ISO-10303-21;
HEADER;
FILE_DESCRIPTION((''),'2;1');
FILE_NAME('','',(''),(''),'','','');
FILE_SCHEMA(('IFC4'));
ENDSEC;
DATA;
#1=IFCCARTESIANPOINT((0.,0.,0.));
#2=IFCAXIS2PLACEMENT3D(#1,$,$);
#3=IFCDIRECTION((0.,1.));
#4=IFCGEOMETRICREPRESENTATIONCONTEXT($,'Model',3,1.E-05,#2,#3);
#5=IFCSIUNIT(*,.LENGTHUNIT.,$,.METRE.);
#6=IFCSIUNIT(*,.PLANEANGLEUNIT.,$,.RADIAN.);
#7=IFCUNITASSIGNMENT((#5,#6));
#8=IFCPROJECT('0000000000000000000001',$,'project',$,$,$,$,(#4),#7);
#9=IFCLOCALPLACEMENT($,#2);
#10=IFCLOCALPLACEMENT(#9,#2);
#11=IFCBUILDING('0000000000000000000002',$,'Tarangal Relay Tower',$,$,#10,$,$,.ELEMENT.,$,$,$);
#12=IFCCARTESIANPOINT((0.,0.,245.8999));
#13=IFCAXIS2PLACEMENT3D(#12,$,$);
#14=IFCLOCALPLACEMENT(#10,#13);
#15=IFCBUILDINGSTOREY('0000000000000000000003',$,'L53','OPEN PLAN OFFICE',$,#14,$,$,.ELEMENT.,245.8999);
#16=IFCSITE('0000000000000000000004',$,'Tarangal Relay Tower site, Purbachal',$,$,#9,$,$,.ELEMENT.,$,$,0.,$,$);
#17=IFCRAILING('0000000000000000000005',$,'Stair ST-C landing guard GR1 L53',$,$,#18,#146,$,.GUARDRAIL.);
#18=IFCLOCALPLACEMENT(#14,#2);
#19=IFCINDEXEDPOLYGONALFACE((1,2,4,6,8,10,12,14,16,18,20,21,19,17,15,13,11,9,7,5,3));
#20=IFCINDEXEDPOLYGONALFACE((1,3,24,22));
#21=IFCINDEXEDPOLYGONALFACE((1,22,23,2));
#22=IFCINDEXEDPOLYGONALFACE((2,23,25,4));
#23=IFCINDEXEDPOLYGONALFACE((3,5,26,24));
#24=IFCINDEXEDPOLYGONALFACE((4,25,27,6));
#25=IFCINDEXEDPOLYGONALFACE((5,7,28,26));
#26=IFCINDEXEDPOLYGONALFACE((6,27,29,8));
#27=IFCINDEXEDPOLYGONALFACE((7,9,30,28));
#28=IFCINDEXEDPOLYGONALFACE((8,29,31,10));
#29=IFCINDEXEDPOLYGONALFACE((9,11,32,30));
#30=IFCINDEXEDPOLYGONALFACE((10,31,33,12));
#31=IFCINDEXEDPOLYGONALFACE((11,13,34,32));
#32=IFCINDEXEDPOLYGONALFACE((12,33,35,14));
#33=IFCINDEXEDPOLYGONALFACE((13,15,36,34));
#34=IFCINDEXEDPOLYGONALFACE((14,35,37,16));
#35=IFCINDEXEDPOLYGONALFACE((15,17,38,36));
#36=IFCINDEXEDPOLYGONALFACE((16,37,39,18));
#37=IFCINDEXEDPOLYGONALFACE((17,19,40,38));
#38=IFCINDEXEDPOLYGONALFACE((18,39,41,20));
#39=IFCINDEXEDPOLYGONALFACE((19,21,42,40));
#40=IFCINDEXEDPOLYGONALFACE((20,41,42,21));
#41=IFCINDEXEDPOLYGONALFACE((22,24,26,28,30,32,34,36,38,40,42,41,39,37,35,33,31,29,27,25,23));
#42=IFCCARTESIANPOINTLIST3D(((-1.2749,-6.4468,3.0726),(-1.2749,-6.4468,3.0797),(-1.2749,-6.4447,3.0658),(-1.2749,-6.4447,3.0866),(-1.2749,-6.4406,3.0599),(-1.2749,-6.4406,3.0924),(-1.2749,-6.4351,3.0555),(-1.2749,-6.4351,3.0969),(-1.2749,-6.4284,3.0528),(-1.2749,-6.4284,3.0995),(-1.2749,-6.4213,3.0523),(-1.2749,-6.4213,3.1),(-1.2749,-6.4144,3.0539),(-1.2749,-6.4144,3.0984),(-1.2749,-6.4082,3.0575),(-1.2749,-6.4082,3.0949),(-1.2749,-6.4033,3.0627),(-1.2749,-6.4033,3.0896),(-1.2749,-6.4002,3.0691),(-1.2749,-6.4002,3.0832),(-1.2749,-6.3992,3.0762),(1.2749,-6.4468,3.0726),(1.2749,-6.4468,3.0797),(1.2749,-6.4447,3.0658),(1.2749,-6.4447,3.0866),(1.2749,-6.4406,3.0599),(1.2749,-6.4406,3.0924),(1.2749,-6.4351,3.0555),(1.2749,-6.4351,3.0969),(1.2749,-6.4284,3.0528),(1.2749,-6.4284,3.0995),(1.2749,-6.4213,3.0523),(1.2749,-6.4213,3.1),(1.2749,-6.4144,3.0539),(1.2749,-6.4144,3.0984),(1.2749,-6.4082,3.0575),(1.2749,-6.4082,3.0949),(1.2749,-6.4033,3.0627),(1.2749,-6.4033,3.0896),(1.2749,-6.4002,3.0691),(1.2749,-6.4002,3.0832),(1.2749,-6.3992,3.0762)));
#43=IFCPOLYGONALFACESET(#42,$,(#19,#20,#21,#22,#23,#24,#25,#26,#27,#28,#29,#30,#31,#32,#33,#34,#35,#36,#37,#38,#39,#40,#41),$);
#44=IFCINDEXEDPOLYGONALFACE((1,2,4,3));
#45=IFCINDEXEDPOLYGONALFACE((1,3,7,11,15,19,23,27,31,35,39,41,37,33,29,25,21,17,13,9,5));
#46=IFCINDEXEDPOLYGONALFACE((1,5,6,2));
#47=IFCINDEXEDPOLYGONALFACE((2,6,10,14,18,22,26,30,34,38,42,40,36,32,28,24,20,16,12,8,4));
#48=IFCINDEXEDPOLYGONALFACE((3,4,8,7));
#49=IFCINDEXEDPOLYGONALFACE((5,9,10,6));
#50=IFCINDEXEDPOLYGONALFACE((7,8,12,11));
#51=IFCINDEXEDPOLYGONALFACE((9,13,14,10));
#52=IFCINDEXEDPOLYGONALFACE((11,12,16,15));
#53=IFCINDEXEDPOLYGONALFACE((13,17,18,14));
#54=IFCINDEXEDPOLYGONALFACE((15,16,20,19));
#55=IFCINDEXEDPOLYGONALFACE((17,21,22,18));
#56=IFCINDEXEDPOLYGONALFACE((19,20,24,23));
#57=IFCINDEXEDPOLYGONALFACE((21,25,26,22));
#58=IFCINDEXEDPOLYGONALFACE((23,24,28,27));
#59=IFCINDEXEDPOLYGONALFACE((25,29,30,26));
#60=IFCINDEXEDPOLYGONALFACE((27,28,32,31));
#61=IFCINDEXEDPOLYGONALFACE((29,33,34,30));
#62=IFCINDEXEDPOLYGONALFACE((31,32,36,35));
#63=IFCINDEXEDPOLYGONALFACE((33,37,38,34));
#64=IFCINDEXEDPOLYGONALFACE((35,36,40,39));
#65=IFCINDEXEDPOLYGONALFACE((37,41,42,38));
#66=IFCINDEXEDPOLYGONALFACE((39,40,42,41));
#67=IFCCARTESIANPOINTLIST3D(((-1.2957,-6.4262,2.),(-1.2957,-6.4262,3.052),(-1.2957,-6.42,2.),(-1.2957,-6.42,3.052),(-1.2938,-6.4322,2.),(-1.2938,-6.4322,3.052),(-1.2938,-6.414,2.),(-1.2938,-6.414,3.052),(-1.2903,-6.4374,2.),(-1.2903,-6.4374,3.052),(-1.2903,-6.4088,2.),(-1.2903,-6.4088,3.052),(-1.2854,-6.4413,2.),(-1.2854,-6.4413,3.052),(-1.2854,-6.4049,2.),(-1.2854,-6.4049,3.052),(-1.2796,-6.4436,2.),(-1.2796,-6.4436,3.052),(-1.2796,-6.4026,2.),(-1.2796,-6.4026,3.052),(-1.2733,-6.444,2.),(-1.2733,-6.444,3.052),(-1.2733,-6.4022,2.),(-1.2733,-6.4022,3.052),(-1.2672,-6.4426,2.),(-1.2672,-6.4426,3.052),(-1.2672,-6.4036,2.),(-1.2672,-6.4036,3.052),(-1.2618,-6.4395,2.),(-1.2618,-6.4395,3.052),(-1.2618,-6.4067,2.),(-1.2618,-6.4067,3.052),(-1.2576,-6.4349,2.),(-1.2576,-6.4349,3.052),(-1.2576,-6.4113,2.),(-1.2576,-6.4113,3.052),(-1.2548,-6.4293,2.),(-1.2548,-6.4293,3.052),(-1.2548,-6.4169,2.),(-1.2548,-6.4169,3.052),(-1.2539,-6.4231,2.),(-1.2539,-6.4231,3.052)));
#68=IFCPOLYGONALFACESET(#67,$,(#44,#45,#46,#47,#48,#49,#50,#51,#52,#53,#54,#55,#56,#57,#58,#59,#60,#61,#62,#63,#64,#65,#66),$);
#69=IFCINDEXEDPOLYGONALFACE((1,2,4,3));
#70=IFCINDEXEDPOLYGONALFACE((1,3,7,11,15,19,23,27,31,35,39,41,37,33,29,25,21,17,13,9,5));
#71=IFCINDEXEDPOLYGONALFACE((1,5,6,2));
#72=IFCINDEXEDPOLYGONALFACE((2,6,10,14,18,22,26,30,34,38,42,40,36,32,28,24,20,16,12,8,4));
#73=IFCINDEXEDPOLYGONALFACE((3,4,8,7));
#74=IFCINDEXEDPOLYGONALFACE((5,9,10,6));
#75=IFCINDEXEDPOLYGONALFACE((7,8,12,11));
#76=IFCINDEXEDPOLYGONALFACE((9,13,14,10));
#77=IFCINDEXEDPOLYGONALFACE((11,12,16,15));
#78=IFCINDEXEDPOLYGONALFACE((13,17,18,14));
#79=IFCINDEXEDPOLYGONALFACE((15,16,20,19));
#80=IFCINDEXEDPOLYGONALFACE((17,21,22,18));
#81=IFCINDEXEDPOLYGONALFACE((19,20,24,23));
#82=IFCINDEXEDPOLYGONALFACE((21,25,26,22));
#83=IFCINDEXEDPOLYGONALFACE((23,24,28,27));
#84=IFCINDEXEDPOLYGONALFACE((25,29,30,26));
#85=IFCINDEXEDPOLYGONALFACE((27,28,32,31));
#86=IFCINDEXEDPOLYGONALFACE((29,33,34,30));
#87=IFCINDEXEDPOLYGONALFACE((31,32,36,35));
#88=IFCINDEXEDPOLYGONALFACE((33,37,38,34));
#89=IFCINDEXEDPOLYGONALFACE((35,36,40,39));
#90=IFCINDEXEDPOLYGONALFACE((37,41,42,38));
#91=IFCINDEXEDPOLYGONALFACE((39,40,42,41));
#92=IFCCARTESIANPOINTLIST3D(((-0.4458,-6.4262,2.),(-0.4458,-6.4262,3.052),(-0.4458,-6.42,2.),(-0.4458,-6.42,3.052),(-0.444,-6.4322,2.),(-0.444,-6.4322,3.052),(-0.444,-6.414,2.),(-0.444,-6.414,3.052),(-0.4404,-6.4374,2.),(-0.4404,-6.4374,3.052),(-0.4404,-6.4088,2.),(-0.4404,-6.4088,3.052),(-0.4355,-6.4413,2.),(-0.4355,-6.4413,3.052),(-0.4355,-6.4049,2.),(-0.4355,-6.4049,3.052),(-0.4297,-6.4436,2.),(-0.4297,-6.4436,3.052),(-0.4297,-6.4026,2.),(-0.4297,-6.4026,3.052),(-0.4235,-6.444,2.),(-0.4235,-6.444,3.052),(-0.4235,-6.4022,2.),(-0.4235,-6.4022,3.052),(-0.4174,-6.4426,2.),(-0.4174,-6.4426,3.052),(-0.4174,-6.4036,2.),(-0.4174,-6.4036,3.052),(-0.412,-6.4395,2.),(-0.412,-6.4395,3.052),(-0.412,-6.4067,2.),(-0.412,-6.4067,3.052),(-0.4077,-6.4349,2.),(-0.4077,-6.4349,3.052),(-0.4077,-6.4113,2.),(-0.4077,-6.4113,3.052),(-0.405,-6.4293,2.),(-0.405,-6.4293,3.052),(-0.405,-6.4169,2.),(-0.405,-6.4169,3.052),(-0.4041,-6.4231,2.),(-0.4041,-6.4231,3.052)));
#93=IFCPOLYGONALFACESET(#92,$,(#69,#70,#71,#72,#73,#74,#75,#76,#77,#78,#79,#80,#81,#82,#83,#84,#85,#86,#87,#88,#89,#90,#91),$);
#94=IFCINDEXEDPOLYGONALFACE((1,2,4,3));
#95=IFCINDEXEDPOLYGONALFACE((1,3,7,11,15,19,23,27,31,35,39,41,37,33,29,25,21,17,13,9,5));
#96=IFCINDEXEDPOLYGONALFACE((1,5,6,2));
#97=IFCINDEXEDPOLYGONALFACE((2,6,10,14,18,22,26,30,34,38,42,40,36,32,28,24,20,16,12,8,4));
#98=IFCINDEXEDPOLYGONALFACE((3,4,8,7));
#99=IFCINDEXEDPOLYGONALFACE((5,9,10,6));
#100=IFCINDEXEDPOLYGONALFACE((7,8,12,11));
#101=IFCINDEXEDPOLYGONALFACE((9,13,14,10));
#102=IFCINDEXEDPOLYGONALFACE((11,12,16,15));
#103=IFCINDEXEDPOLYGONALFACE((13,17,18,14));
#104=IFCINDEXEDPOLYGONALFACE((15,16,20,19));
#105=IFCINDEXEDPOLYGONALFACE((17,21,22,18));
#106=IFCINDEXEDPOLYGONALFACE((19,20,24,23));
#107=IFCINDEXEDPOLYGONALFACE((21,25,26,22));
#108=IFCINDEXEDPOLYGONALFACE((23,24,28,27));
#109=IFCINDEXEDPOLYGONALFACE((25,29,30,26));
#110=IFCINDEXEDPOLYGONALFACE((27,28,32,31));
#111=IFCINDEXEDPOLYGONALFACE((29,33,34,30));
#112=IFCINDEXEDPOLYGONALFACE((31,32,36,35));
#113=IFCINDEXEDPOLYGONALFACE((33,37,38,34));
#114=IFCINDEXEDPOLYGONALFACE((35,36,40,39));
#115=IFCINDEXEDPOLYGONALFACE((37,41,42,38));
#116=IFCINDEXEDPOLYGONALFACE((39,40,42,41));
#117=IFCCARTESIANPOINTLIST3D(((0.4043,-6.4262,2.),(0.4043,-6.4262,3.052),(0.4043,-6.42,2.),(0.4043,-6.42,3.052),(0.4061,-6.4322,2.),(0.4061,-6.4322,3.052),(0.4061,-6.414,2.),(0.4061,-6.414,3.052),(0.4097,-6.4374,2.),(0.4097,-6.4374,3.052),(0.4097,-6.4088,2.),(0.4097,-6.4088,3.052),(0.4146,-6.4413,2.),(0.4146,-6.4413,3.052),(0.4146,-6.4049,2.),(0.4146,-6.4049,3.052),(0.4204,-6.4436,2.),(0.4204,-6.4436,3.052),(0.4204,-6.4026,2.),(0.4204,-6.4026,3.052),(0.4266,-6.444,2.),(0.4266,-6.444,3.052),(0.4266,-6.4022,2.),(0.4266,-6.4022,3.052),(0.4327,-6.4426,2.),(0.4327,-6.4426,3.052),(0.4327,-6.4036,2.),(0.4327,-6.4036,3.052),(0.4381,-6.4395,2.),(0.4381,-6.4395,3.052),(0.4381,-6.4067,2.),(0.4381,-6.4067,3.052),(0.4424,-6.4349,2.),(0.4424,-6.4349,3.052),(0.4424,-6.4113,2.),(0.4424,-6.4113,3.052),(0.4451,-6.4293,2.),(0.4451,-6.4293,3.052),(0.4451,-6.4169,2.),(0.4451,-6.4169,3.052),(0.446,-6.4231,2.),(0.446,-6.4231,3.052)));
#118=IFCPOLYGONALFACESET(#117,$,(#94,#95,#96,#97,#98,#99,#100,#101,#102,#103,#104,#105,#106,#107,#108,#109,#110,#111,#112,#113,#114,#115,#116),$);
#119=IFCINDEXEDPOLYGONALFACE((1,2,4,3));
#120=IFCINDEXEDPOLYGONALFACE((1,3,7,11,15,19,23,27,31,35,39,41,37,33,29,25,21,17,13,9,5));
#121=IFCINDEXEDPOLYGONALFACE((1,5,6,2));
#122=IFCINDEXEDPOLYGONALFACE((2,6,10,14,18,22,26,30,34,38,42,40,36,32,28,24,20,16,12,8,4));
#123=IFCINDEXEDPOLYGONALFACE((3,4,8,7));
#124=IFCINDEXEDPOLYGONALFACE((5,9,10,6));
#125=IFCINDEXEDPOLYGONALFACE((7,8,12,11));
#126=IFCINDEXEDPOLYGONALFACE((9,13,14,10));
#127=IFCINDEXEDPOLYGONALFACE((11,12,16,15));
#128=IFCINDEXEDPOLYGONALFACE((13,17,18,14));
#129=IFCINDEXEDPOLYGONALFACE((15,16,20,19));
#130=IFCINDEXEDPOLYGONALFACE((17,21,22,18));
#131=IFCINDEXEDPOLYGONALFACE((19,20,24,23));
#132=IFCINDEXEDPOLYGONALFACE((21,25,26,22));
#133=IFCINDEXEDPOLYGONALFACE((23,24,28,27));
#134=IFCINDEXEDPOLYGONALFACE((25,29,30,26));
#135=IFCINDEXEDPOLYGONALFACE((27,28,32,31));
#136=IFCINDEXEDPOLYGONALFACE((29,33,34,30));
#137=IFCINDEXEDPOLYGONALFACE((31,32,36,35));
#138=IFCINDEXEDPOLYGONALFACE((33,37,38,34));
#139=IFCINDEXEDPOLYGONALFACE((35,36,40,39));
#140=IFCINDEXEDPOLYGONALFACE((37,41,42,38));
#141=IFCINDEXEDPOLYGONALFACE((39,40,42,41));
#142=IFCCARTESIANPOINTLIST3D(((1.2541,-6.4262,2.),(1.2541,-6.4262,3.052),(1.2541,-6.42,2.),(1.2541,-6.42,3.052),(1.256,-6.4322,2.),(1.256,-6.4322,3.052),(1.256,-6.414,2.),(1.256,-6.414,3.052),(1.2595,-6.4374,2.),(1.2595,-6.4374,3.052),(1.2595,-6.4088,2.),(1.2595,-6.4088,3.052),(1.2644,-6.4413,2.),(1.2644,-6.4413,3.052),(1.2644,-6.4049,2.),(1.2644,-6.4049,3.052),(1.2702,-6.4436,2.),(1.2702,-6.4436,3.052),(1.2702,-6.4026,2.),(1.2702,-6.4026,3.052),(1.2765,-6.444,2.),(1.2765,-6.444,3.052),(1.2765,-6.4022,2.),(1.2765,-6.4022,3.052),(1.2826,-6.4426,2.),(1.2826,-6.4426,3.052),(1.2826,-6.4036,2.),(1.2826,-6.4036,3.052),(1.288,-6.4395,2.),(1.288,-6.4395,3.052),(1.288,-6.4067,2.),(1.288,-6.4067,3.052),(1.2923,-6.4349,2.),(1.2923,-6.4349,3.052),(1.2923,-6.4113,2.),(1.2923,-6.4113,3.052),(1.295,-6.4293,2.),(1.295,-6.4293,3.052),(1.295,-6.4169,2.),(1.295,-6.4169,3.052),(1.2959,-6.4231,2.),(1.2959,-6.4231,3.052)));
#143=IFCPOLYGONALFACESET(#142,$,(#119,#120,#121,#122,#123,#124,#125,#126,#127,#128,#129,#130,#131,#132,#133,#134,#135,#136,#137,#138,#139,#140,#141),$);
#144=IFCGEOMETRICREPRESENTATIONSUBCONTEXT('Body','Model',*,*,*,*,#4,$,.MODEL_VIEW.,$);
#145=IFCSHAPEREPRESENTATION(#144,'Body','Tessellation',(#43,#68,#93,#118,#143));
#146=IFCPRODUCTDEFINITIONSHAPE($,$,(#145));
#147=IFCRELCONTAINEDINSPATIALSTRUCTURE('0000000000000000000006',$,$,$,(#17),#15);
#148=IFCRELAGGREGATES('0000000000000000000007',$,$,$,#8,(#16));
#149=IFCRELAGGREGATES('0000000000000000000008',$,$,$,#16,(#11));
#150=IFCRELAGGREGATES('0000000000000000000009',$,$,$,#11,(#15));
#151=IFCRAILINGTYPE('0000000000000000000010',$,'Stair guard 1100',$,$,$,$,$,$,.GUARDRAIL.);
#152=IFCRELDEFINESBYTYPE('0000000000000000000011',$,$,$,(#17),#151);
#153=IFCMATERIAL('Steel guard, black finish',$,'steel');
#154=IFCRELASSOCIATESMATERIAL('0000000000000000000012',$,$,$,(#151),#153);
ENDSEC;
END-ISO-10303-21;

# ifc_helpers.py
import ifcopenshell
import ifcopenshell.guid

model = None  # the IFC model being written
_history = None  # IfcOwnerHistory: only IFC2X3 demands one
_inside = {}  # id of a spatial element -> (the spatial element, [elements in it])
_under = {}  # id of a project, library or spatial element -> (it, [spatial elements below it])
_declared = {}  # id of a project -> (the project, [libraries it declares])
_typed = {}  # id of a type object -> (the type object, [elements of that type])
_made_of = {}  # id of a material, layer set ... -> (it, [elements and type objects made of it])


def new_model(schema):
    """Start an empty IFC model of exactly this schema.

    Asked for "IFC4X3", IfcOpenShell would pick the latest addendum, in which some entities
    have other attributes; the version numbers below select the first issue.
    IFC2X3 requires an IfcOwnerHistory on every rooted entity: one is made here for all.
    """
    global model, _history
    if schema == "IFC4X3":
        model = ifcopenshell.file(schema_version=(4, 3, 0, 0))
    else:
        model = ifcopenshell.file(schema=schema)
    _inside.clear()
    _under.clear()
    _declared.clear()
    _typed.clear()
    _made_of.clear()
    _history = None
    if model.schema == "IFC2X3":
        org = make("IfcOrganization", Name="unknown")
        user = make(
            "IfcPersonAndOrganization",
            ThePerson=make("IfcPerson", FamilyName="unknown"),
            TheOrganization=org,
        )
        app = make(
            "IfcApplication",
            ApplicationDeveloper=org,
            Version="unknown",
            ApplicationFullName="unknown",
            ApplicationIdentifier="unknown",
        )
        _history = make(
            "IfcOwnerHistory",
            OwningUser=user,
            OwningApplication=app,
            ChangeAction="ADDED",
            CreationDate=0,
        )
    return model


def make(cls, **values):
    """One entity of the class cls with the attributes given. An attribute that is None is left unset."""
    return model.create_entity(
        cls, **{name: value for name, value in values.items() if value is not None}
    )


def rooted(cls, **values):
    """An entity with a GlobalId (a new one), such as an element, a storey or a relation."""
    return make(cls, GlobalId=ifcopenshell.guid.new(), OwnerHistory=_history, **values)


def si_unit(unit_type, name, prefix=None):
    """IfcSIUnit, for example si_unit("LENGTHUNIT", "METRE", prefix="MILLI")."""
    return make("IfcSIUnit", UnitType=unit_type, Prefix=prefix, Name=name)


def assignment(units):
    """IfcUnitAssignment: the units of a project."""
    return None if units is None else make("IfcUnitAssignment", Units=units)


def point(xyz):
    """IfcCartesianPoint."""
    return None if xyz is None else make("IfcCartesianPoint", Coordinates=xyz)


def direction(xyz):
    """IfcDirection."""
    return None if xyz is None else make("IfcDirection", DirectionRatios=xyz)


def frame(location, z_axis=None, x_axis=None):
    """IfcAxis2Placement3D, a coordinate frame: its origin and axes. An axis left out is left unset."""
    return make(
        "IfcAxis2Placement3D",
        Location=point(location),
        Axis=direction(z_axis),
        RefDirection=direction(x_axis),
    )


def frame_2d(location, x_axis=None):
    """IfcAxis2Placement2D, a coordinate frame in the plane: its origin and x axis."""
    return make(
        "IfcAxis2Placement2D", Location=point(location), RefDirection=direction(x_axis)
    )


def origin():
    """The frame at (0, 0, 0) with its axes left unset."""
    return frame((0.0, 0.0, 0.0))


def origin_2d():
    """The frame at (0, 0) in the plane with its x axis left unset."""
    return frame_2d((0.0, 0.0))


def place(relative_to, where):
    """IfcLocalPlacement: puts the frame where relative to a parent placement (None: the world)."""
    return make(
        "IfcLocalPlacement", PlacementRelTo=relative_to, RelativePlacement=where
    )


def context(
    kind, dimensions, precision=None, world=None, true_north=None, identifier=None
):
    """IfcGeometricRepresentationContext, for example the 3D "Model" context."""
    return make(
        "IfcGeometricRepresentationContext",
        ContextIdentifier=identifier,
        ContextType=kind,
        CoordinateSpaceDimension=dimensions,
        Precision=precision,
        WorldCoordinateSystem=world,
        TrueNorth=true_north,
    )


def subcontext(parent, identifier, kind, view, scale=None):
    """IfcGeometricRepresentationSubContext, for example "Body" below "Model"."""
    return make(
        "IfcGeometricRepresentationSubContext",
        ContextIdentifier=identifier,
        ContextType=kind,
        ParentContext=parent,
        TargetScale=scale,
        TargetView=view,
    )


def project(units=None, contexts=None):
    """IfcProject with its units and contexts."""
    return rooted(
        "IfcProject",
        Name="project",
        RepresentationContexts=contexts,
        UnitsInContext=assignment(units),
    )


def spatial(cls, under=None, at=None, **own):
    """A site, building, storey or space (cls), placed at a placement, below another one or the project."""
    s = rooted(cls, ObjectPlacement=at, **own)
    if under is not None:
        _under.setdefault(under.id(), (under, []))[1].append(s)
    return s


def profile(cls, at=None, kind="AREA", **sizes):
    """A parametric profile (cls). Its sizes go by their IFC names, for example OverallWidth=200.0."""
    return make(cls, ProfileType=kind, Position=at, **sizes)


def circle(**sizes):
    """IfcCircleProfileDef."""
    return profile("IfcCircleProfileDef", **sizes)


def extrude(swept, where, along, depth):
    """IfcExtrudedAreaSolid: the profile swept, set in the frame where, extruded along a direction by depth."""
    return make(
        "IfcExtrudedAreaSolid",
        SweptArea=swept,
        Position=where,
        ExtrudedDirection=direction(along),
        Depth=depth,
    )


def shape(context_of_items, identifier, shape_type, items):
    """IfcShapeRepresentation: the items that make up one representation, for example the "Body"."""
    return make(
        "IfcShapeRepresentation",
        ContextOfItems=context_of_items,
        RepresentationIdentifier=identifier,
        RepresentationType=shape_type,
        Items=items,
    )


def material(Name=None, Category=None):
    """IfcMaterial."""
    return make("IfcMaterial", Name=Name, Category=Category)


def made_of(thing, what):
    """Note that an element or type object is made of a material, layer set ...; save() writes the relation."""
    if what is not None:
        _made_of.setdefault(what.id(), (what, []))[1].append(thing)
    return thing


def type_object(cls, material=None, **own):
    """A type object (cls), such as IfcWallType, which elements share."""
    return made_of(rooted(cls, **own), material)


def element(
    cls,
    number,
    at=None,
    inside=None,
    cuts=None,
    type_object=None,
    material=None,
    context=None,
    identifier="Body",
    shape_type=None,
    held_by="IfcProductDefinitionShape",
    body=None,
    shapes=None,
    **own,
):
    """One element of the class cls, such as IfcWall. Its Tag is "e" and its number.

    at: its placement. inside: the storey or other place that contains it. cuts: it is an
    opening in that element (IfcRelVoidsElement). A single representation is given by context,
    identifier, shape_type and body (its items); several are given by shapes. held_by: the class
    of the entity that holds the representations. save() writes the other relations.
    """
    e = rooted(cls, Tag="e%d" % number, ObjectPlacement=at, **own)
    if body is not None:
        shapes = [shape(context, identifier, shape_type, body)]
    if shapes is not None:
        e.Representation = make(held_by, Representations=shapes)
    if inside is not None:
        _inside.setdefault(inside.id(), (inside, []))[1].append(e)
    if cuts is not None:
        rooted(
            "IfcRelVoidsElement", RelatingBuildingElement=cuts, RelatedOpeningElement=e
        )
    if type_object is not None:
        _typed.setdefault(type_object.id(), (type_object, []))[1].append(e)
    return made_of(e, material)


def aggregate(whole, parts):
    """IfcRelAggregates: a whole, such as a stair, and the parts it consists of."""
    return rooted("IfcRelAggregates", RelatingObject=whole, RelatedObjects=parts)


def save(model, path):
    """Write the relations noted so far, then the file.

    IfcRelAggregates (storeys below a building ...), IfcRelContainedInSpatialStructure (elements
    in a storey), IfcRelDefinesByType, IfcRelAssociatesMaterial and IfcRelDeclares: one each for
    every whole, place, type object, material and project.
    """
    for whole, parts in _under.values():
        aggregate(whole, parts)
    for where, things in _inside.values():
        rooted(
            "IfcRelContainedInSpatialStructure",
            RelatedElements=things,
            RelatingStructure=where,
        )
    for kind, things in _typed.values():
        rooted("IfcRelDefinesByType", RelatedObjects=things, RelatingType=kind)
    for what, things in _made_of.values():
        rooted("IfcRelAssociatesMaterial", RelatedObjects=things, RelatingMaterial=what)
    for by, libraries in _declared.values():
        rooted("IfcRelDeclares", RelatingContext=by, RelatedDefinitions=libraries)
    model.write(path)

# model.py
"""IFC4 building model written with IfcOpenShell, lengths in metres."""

from ifc_helpers import new_model, si_unit, direction, frame, origin, origin_2d, place, context, subcontext, project, spatial, circle, extrude, material, type_object, element, save


model = new_model("IFC4")

# Units and contexts
model_context = context("Model", 3, precision=1e-05, world=origin(), true_north=direction((0.0, 1.0)))
body_context = subcontext(model_context, "Body", "Model", "MODEL_VIEW")
ifc_project = project(units=[si_unit("LENGTHUNIT", "METRE"), si_unit("PLANEANGLEUNIT", "RADIAN")], contexts=[model_context])

# Site, building, storey
site_placement = place(None, origin())
site = spatial("IfcSite", under=ifc_project, at=site_placement, Name="Tarangal Relay Tower site, Purbachal", CompositionType="ELEMENT", RefElevation=0.0)
building_placement = place(site_placement, origin())
building = spatial("IfcBuilding", under=site, at=building_placement, Name="Tarangal Relay Tower", CompositionType="ELEMENT")
storey_placement = place(building_placement, frame((0.0, 0.0, 245.8999)))
storey = spatial("IfcBuildingStorey", under=building, at=storey_placement, Name="L53", Description="OPEN PLAN OFFICE", CompositionType="ELEMENT", Elevation=245.8999)

# Railing
ifc_material_1 = material(Name="Steel guard, black finish", Category="steel")
railing_type_1 = type_object("IfcRailingType", Name="Stair guard 1100", PredefinedType="GUARDRAIL", material=ifc_material_1)
for number, where, name in (
    (1, (-1.2749, -6.4231, 2.0), "Stair ST-C landing guard GR1 L53"),
):
    element("IfcRailing", number, at=place(storey_placement, frame(where)), inside=storey, type_object=railing_type_1, Name=name, PredefinedType="GUARDRAIL", context=body_context, shape_type="SweptSolid", body=[
        extrude(circle(Radius=0.0239, at=origin_2d()), frame((0.0, 0.0, 1.0762), z_axis=(1.0, 0.0, 0.0), x_axis=(0.0, 1.0, 0.0)), (0.0, 0.0, 1.0), 2.5498),
        extrude(circle(Radius=0.021, at=origin_2d()), origin(), (0.0, 0.0, 1.0), 1.052),
        extrude(circle(Radius=0.021, at=origin_2d()), frame((0.8499, 0.0, 0.0)), (0.0, 0.0, 1.0), 1.052),
        extrude(circle(Radius=0.021, at=origin_2d()), frame((1.7, 0.0, 0.0)), (0.0, 0.0, 1.0), 1.052),
        extrude(circle(Radius=0.021, at=origin_2d()), frame((2.5498, 0.0, 0.0)), (0.0, 0.0, 1.0), 1.052),
    ])

save(model, "model.ifc")
